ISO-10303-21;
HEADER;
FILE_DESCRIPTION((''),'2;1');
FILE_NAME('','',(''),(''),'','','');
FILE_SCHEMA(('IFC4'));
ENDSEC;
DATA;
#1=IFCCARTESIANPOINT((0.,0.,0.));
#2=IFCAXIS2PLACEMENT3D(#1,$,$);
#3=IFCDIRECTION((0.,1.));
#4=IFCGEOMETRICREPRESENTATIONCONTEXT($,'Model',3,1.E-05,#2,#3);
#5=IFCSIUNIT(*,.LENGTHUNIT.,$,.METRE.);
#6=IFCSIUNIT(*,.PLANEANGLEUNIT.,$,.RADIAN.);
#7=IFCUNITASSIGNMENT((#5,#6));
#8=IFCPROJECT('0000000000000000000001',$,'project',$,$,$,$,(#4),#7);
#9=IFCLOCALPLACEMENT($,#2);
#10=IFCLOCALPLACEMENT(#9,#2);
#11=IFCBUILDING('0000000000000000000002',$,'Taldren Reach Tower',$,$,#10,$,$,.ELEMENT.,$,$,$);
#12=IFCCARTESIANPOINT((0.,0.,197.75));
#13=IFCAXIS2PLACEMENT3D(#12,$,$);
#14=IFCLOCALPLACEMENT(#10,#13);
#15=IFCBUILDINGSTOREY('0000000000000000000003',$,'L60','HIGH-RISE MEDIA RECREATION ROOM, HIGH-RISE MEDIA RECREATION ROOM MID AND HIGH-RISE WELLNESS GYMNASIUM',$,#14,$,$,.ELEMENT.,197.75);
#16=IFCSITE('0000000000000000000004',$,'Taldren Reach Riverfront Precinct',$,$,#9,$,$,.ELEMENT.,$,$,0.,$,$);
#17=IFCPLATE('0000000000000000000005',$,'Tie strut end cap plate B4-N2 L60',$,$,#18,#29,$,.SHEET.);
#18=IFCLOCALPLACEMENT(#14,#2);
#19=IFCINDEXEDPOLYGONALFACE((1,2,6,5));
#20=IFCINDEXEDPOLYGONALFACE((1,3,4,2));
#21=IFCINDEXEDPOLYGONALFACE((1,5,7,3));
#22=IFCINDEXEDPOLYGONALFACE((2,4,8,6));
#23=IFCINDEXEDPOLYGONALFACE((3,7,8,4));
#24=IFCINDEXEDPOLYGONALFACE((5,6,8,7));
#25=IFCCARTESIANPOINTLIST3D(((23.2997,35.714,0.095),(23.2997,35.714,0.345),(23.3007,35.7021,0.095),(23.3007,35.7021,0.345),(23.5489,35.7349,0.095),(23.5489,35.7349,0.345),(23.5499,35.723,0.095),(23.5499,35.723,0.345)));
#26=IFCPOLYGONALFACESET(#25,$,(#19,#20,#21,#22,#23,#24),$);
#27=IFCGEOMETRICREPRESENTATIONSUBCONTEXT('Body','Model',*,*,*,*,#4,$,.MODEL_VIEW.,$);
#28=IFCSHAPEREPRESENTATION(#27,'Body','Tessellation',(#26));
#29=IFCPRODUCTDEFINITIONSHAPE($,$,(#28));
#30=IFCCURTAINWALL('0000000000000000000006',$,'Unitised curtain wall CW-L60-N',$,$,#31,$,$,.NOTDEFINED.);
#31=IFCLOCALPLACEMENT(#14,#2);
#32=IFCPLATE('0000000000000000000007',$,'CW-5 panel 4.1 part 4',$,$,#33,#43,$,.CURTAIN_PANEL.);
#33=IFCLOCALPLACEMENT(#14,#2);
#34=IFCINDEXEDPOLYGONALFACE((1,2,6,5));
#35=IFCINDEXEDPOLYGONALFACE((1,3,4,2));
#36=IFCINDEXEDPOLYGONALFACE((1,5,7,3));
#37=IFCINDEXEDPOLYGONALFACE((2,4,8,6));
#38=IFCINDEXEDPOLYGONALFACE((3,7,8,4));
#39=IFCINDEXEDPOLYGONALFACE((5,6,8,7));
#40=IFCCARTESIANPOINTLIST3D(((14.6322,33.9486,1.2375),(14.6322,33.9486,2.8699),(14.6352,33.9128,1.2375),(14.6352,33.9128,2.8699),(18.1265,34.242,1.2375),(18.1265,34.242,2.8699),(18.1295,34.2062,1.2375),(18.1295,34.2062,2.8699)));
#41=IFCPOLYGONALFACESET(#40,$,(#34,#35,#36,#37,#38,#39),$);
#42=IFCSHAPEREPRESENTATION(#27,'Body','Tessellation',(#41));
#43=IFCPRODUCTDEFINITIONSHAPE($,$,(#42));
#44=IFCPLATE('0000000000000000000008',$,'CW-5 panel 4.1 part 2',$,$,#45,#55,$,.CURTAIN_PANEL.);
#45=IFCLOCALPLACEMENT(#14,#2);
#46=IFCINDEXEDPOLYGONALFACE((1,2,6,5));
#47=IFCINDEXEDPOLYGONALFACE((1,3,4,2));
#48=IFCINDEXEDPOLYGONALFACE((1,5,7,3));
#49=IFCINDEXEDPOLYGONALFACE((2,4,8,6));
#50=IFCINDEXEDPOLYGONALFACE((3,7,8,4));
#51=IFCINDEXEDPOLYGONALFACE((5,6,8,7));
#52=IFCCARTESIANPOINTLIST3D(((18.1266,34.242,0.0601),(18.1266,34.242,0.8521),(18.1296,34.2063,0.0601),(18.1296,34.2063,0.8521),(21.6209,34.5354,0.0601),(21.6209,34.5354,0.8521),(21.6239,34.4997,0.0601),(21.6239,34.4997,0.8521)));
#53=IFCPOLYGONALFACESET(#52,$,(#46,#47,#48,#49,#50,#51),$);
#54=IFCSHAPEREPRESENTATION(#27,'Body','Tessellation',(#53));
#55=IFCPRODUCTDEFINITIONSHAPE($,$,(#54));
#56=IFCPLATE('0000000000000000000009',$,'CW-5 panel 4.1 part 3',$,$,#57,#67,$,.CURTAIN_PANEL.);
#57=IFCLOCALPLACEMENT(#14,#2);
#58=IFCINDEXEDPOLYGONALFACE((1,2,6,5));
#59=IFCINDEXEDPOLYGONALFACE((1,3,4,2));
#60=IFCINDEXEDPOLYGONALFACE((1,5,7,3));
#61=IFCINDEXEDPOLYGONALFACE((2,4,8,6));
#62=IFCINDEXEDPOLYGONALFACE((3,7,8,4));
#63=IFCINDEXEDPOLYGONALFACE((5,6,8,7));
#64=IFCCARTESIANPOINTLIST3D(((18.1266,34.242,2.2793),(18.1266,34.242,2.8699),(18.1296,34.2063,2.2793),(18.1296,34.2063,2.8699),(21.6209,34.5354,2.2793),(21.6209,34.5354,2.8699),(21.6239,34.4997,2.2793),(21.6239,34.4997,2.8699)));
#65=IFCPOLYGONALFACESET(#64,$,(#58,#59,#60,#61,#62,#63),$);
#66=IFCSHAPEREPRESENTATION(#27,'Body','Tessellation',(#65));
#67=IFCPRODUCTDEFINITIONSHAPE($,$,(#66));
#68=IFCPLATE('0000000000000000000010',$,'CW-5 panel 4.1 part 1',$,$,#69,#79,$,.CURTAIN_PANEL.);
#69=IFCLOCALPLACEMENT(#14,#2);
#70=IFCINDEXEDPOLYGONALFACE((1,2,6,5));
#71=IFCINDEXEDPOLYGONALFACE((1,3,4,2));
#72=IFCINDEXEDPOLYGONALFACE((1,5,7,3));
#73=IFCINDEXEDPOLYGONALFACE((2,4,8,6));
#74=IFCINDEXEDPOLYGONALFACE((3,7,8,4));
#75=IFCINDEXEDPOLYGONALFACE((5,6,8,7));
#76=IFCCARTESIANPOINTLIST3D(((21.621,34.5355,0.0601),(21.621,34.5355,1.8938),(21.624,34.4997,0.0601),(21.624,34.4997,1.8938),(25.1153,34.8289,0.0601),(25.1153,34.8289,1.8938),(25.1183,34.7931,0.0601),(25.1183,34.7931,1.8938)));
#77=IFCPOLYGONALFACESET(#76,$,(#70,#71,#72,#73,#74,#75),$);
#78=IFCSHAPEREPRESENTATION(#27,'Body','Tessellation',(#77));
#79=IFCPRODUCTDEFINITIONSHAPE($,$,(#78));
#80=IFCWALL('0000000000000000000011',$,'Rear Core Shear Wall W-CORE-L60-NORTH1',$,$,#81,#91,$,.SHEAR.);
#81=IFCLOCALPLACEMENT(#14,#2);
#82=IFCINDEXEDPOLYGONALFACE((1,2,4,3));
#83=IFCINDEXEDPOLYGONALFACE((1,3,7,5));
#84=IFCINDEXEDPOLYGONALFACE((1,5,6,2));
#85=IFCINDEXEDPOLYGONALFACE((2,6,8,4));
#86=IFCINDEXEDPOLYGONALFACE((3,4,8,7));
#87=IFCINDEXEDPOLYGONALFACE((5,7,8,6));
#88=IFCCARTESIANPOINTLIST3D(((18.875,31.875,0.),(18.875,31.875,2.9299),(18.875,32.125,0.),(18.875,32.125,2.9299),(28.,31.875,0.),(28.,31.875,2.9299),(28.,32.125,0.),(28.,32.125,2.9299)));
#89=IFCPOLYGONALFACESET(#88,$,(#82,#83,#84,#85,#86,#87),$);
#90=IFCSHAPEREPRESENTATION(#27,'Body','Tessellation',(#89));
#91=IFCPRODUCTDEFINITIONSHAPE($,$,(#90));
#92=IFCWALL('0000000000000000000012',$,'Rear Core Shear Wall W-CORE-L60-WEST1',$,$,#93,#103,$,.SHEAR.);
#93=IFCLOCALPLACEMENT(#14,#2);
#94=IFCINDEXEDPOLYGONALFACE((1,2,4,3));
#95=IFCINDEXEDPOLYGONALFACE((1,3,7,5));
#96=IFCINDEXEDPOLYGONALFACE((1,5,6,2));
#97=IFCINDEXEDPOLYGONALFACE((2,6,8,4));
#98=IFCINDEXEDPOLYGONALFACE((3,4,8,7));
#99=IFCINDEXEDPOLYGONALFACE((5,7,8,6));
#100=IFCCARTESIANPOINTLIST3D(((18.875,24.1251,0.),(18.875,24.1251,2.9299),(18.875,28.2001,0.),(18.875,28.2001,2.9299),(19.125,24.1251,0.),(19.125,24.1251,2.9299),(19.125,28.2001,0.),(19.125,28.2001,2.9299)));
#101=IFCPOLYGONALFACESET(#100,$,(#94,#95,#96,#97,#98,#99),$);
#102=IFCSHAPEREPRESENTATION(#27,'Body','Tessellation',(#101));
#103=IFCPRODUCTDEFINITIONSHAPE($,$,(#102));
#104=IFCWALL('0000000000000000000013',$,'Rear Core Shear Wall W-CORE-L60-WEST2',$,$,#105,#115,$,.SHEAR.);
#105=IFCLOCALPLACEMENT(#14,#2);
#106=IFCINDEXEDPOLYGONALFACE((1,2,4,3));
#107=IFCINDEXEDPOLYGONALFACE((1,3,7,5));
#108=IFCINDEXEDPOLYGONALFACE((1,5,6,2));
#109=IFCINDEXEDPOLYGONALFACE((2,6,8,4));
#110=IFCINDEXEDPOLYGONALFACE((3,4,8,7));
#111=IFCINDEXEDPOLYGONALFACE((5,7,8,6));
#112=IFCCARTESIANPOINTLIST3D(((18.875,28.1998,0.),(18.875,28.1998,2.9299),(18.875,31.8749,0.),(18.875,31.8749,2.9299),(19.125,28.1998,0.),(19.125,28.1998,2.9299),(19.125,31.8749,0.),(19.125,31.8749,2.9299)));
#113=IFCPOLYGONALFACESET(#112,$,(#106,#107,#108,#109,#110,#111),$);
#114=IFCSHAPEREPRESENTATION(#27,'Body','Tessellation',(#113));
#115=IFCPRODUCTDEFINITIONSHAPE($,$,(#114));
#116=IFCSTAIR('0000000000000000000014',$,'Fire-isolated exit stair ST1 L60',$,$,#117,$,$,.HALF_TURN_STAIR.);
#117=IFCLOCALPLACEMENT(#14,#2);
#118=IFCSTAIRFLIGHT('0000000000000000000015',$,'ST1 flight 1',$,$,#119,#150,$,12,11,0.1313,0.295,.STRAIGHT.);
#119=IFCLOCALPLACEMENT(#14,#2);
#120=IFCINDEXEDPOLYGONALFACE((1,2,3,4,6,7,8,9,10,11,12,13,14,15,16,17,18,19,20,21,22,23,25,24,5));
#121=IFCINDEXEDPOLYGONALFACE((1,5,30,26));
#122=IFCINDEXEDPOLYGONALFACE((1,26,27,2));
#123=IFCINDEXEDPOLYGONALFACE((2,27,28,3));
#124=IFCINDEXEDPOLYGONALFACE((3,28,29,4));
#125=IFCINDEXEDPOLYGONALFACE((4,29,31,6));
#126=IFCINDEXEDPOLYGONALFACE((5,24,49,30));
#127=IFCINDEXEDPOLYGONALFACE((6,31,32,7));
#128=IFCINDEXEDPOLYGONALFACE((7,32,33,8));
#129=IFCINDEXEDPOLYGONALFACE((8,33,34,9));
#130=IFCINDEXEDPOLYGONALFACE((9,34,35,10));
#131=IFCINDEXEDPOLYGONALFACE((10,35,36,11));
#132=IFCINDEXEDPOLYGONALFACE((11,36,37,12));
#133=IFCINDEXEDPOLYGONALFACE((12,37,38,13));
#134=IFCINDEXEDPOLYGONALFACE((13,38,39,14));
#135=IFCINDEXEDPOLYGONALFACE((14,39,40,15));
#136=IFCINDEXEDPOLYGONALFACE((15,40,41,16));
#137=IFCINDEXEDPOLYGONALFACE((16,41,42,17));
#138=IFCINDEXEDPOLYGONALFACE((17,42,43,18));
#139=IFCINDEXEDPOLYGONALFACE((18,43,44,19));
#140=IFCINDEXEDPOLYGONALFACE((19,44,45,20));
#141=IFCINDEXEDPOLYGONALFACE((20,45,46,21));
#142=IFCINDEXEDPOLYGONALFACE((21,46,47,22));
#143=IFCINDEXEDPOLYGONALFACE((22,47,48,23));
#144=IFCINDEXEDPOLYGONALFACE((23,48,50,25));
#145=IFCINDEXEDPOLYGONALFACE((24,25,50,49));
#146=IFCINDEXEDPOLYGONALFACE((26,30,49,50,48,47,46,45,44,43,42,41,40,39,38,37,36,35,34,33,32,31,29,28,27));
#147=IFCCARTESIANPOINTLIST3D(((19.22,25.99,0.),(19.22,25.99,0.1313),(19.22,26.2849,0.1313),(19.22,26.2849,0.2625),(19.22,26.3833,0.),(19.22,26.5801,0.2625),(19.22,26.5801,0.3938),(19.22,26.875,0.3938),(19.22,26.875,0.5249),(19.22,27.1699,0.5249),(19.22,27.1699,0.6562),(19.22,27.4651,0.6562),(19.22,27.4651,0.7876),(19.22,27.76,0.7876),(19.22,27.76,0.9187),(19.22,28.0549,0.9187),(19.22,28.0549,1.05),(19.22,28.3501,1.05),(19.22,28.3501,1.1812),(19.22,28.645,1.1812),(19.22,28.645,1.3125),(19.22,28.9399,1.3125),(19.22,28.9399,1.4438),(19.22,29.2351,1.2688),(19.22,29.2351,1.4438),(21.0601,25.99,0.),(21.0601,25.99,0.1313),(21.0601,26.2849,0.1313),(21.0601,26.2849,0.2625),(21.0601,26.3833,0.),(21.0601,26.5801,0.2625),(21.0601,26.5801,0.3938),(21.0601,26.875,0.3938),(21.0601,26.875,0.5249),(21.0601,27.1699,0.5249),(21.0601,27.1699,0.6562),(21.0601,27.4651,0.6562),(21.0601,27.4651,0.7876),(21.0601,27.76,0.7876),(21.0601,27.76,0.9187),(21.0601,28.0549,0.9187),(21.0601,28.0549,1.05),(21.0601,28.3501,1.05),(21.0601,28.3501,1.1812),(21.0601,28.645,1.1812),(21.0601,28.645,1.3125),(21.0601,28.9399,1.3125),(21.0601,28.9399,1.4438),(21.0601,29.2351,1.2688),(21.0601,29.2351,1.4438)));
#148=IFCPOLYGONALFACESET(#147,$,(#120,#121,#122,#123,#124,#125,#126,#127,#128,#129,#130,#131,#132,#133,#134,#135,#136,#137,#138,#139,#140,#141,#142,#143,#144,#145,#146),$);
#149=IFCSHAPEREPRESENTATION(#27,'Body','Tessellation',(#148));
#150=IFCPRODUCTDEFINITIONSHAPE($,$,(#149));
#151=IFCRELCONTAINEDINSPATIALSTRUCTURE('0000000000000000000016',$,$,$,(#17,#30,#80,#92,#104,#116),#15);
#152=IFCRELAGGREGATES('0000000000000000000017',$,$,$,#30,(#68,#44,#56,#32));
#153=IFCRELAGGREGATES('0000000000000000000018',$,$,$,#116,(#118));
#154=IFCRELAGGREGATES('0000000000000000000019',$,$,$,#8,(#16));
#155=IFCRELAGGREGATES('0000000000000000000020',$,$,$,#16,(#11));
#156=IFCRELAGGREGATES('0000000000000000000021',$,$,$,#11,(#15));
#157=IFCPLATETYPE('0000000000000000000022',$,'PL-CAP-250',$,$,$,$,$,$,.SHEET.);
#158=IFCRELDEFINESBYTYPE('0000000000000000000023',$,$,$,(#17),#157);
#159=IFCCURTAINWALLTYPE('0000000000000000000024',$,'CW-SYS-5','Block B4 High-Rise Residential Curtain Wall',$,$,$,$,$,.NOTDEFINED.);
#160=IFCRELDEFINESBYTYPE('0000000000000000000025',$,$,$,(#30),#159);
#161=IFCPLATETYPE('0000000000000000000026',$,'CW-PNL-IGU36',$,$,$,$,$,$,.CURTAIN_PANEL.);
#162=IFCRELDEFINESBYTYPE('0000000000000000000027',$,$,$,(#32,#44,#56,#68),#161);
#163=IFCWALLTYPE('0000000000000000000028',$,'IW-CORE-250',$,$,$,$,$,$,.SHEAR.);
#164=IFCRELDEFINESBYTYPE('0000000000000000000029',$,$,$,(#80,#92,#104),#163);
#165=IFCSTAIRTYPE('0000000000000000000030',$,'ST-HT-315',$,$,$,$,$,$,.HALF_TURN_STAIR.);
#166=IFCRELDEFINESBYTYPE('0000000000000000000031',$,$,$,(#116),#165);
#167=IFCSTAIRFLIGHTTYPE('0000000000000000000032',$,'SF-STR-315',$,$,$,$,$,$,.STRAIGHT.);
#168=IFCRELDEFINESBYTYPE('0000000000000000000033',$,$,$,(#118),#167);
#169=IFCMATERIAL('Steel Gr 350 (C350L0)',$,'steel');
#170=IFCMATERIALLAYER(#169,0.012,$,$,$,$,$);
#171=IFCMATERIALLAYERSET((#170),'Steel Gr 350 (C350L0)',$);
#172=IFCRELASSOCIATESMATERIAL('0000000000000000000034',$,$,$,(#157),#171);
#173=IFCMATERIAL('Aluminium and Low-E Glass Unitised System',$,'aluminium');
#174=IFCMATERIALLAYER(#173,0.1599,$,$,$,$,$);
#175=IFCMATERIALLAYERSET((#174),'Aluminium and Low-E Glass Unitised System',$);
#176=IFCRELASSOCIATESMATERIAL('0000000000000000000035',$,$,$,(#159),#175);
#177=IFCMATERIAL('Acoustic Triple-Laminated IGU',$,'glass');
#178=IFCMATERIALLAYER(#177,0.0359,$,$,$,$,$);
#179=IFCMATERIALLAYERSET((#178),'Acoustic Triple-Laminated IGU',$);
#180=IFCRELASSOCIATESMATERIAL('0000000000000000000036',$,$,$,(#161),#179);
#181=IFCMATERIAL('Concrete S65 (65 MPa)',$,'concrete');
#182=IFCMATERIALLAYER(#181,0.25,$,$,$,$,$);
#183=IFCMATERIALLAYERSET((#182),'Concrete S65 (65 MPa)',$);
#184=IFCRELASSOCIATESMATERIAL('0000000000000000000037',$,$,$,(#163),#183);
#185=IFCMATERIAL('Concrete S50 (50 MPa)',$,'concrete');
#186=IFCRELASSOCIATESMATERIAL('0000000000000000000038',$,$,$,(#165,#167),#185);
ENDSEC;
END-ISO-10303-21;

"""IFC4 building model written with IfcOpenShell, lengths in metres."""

from ifc_helpers import new_model, si_unit, direction, frame, frame_2d, origin, origin_2d, place, context, subcontext, project, spatial, polyline, rectangle, outline, extrude, source, transform, mapped, material, layer, layer_set, type_object, element, aggregate, save


model = new_model("IFC4")

# Units and contexts
model_context = context("Model", 3, precision=1e-05, world=origin(), true_north=direction((0.0, 1.0)))
body_context = subcontext(model_context, "Body", "Model", "MODEL_VIEW")
ifc_project = project(units=[si_unit("LENGTHUNIT", "METRE"), si_unit("PLANEANGLEUNIT", "RADIAN")], contexts=[model_context])

# Site, building, storey
site_placement = place(None, origin())
site = spatial("IfcSite", under=ifc_project, at=site_placement, Name="Taldren Reach Riverfront Precinct", CompositionType="ELEMENT", RefElevation=0.0)
building_placement = place(site_placement, origin())
building = spatial("IfcBuilding", under=site, at=building_placement, Name="Taldren Reach Tower", CompositionType="ELEMENT")
storey_placement = place(building_placement, frame((0.0, 0.0, 197.75)))
storey = spatial("IfcBuildingStorey", under=building, at=storey_placement, Name="L60", Description="HIGH-RISE MEDIA RECREATION ROOM, HIGH-RISE MEDIA RECREATION ROOM MID AND HIGH-RISE WELLNESS GYMNASIUM", CompositionType="ELEMENT", Elevation=197.75)

# Shared definitions
ifc_material_1 = material(Name="Steel Gr 350 (C350L0)", Category="steel")

# Plate
ifc_layer_1 = layer(ifc_material_1, 0.012)
ifc_layer_set_1 = layer_set([ifc_layer_1], Name="Steel Gr 350 (C350L0)")
plate_type_1 = type_object("IfcPlateType", Name="PL-CAP-250", PredefinedType="SHEET", material=ifc_layer_set_1)
shared_shape_1 = source(origin(), body_context, "Body", "SweptSolid", [
    extrude(rectangle(XDim=0.25, YDim=0.012, at=origin_2d()), origin(), (0.0, 0.0, 1.0), 0.25),
])
plate_1_placement = place(storey_placement, frame((23.4248, 35.7185, 0.095), z_axis=(0.0, 0.0, 1.0), x_axis=(0.996493, 0.083678, 0.0)))
element("IfcPlate", 1, at=plate_1_placement, inside=storey, type_object=plate_type_1, Name="Tie strut end cap plate B4-N2 L60", PredefinedType="SHEET", context=body_context, shape_type="MappedRepresentation", body=[
    mapped(shared_shape_1, transform((0.0, 0.0, 0.0), scale=1.0)),
])

# Curtain wall, plates
ifc_material_2 = material(Name="Aluminium and Low-E Glass Unitised System", Category="aluminium")
ifc_layer_2 = layer(ifc_material_2, 0.1599)
ifc_layer_set_2 = layer_set([ifc_layer_2], Name="Aluminium and Low-E Glass Unitised System")
curtain_wall_type = type_object("IfcCurtainWallType", Name="CW-SYS-5", Description="Block B4 High-Rise Residential Curtain Wall", PredefinedType="NOTDEFINED", material=ifc_layer_set_2)
curtain_wall_placement = place(storey_placement, origin())
curtain_wall = element("IfcCurtainWall", 2, at=curtain_wall_placement, inside=storey, type_object=curtain_wall_type, Name="Unitised curtain wall CW-L60-N", PredefinedType="NOTDEFINED")
ifc_material_3 = material(Name="Acoustic Triple-Laminated IGU", Category="glass")
ifc_layer_3 = layer(ifc_material_3, 0.0359)
ifc_layer_set_3 = layer_set([ifc_layer_3], Name="Acoustic Triple-Laminated IGU")
plate_type_2 = type_object("IfcPlateType", Name="CW-PNL-IGU36", PredefinedType="CURTAIN_PANEL", material=ifc_layer_set_3)
shared_shape_2 = source(origin(), body_context, "Body", "SweptSolid", [
    extrude(rectangle(XDim=3.5066, YDim=0.0359, at=origin_2d()), origin(), (0.0, 0.0, 1.0), 1.6323),
])
plate_2_placement = place(storey_placement, frame((16.3809, 34.0774, 1.2375), z_axis=(0.0, 0.0, 1.0), x_axis=(-0.996493, -0.083678, 0.0)))
plate_2 = element("IfcPlate", 3, at=plate_2_placement, type_object=plate_type_2, Name="CW-5 panel 4.1 part 4", PredefinedType="CURTAIN_PANEL", context=body_context, shape_type="MappedRepresentation", body=[
    mapped(shared_shape_2, transform((0.0, 0.0, 0.0), scale=1.0)),
])
shared_shape_3 = source(origin(), body_context, "Body", "SweptSolid", [
    extrude(rectangle(XDim=3.5066, YDim=0.0359, at=origin_2d()), origin(), (0.0, 0.0, 1.0), 0.792),
])
plate_3_placement = place(storey_placement, frame((19.8752, 34.3708, 0.0601), z_axis=(0.0, 0.0, 1.0), x_axis=(-0.996493, -0.083678, 0.0)))
plate_3 = element("IfcPlate", 4, at=plate_3_placement, type_object=plate_type_2, Name="CW-5 panel 4.1 part 2", PredefinedType="CURTAIN_PANEL", context=body_context, shape_type="MappedRepresentation", body=[
    mapped(shared_shape_3, transform((0.0, 0.0, 0.0), scale=1.0)),
])
shared_shape_4 = source(origin(), body_context, "Body", "SweptSolid", [
    extrude(rectangle(XDim=3.5066, YDim=0.0359, at=origin_2d()), origin(), (0.0, 0.0, 1.0), 0.5906),
])
plate_4_placement = place(storey_placement, frame((19.8752, 34.3708, 2.2793), z_axis=(0.0, 0.0, 1.0), x_axis=(-0.996493, -0.083678, 0.0)))
plate_4 = element("IfcPlate", 5, at=plate_4_placement, type_object=plate_type_2, Name="CW-5 panel 4.1 part 3", PredefinedType="CURTAIN_PANEL", context=body_context, shape_type="MappedRepresentation", body=[
    mapped(shared_shape_4, transform((0.0, 0.0, 0.0), scale=1.0)),
])
shared_shape_5 = source(origin(), body_context, "Body", "SweptSolid", [
    extrude(rectangle(XDim=3.5066, YDim=0.0359, at=origin_2d()), origin(), (0.0, 0.0, 1.0), 1.8337),
])
plate_5_placement = place(storey_placement, frame((23.3696, 34.6643, 0.0601), z_axis=(0.0, 0.0, 1.0), x_axis=(-0.996493, -0.083678, 0.0)))
plate_5 = element("IfcPlate", 6, at=plate_5_placement, type_object=plate_type_2, Name="CW-5 panel 4.1 part 1", PredefinedType="CURTAIN_PANEL", context=body_context, shape_type="MappedRepresentation", body=[
    mapped(shared_shape_5, transform((0.0, 0.0, 0.0), scale=1.0)),
])
aggregate(curtain_wall, [plate_5, plate_3, plate_4, plate_2])

# Walls
ifc_material_4 = material(Name="Concrete S65 (65 MPa)", Category="concrete")
ifc_layer_4 = layer(ifc_material_4, 0.25)
ifc_layer_set_4 = layer_set([ifc_layer_4], Name="Concrete S65 (65 MPa)")
wall_type = type_object("IfcWallType", Name="IW-CORE-250", PredefinedType="SHEAR", material=ifc_layer_set_4)
shared_shape_6 = source(origin(), body_context, "Body", "SweptSolid", [
    extrude(rectangle(XDim=9.125, YDim=0.25, at=frame_2d((4.5625, 0.0))), origin(), (0.0, 0.0, 1.0), 2.9299),
])
wall_1_placement = place(storey_placement, frame((18.875, 32.0, 0.0), z_axis=(0.0, 0.0, 1.0), x_axis=(1.0, 0.0, 0.0)))
element("IfcWall", 7, at=wall_1_placement, inside=storey, type_object=wall_type, Name="Rear Core Shear Wall W-CORE-L60-NORTH1", PredefinedType="SHEAR", context=body_context, shape_type="MappedRepresentation", body=[
    mapped(shared_shape_6, transform((0.0, 0.0, 0.0), scale=1.0)),
])
shared_shape_7 = source(origin(), body_context, "Body", "SweptSolid", [
    extrude(rectangle(XDim=4.075, YDim=0.25, at=frame_2d((2.0376, 0.0))), origin(), (0.0, 0.0, 1.0), 2.9299),
])
wall_2_placement = place(storey_placement, frame((19.0, 24.125, 0.0), z_axis=(0.0, 0.0, 1.0), x_axis=(0.0, 1.0, 0.0)))
element("IfcWall", 8, at=wall_2_placement, inside=storey, type_object=wall_type, Name="Rear Core Shear Wall W-CORE-L60-WEST1", PredefinedType="SHEAR", context=body_context, shape_type="MappedRepresentation", body=[
    mapped(shared_shape_7, transform((0.0, 0.0, 0.0), scale=1.0)),
])
shared_shape_8 = source(origin(), body_context, "Body", "SweptSolid", [
    extrude(rectangle(XDim=3.675, YDim=0.25, at=frame_2d((1.8374, 0.0))), origin(), (0.0, 0.0, 1.0), 2.9299),
])
wall_3_placement = place(storey_placement, frame((19.0, 28.2, 0.0), z_axis=(0.0, 0.0, 1.0), x_axis=(0.0, 1.0, 0.0)))
element("IfcWall", 9, at=wall_3_placement, inside=storey, type_object=wall_type, Name="Rear Core Shear Wall W-CORE-L60-WEST2", PredefinedType="SHEAR", context=body_context, shape_type="MappedRepresentation", body=[
    mapped(shared_shape_8, transform((0.0, 0.0, 0.0), scale=1.0)),
])

# Stair, stair flight
ifc_material_5 = material(Name="Concrete S50 (50 MPa)", Category="concrete")
stair_type = type_object("IfcStairType", Name="ST-HT-315", PredefinedType="HALF_TURN_STAIR", material=ifc_material_5)
stair_placement = place(storey_placement, origin())
stair = element("IfcStair", 10, at=stair_placement, inside=storey, type_object=stair_type, Name="Fire-isolated exit stair ST1 L60", PredefinedType="HALF_TURN_STAIR")
stair_flight_type = type_object("IfcStairFlightType", Name="SF-STR-315", PredefinedType="STRAIGHT", material=ifc_material_5)
stair_flight_1_placement = place(storey_placement, frame((20.1399, 25.99, 0.0), z_axis=(0.0, 0.0, 1.0), x_axis=(0.0, 1.0, 0.0)))
stair_flight_1 = element("IfcStairFlight", 11, at=stair_flight_1_placement, type_object=stair_flight_type, Name="ST1 flight 1", NumberOfRisers=12, NumberOfTreads=11, PredefinedType="STRAIGHT", RiserHeight=0.1313, TreadLength=0.295, context=body_context, shape_type="SweptSolid", body=[
    extrude(outline(polyline([(0.0, 0.0), (0.0, 0.1313), (0.2949, 0.1313), (0.2949, 0.2625), (0.5901, 0.2625), (0.5901, 0.3938), (0.885, 0.3938), (0.885, 0.5249), (1.1799, 0.5249), (1.1799, 0.6562), (1.4751, 0.6562), (1.4751, 0.7876), (1.77, 0.7876), (1.77, 0.9187), (2.0649, 0.9187), (2.0649, 1.05), (2.3601, 1.05), (2.3601, 1.1812), (2.655, 1.1812), (2.655, 1.3125), (2.95, 1.3125), (2.95, 1.4438), (3.2451, 1.4438), (3.2451, 1.575), (3.2451, 1.2688), (0.3933, 0.0), (0.0, 0.0)])), frame((0.0, 0.9199, 0.0), z_axis=(0.0, -1.0, 0.0), x_axis=(1.0, 0.0, 0.0)), (0.0, 0.0, 1.0), 1.8401),
])
aggregate(stair, [stair_flight_1])

save(model, "model.ifc")
